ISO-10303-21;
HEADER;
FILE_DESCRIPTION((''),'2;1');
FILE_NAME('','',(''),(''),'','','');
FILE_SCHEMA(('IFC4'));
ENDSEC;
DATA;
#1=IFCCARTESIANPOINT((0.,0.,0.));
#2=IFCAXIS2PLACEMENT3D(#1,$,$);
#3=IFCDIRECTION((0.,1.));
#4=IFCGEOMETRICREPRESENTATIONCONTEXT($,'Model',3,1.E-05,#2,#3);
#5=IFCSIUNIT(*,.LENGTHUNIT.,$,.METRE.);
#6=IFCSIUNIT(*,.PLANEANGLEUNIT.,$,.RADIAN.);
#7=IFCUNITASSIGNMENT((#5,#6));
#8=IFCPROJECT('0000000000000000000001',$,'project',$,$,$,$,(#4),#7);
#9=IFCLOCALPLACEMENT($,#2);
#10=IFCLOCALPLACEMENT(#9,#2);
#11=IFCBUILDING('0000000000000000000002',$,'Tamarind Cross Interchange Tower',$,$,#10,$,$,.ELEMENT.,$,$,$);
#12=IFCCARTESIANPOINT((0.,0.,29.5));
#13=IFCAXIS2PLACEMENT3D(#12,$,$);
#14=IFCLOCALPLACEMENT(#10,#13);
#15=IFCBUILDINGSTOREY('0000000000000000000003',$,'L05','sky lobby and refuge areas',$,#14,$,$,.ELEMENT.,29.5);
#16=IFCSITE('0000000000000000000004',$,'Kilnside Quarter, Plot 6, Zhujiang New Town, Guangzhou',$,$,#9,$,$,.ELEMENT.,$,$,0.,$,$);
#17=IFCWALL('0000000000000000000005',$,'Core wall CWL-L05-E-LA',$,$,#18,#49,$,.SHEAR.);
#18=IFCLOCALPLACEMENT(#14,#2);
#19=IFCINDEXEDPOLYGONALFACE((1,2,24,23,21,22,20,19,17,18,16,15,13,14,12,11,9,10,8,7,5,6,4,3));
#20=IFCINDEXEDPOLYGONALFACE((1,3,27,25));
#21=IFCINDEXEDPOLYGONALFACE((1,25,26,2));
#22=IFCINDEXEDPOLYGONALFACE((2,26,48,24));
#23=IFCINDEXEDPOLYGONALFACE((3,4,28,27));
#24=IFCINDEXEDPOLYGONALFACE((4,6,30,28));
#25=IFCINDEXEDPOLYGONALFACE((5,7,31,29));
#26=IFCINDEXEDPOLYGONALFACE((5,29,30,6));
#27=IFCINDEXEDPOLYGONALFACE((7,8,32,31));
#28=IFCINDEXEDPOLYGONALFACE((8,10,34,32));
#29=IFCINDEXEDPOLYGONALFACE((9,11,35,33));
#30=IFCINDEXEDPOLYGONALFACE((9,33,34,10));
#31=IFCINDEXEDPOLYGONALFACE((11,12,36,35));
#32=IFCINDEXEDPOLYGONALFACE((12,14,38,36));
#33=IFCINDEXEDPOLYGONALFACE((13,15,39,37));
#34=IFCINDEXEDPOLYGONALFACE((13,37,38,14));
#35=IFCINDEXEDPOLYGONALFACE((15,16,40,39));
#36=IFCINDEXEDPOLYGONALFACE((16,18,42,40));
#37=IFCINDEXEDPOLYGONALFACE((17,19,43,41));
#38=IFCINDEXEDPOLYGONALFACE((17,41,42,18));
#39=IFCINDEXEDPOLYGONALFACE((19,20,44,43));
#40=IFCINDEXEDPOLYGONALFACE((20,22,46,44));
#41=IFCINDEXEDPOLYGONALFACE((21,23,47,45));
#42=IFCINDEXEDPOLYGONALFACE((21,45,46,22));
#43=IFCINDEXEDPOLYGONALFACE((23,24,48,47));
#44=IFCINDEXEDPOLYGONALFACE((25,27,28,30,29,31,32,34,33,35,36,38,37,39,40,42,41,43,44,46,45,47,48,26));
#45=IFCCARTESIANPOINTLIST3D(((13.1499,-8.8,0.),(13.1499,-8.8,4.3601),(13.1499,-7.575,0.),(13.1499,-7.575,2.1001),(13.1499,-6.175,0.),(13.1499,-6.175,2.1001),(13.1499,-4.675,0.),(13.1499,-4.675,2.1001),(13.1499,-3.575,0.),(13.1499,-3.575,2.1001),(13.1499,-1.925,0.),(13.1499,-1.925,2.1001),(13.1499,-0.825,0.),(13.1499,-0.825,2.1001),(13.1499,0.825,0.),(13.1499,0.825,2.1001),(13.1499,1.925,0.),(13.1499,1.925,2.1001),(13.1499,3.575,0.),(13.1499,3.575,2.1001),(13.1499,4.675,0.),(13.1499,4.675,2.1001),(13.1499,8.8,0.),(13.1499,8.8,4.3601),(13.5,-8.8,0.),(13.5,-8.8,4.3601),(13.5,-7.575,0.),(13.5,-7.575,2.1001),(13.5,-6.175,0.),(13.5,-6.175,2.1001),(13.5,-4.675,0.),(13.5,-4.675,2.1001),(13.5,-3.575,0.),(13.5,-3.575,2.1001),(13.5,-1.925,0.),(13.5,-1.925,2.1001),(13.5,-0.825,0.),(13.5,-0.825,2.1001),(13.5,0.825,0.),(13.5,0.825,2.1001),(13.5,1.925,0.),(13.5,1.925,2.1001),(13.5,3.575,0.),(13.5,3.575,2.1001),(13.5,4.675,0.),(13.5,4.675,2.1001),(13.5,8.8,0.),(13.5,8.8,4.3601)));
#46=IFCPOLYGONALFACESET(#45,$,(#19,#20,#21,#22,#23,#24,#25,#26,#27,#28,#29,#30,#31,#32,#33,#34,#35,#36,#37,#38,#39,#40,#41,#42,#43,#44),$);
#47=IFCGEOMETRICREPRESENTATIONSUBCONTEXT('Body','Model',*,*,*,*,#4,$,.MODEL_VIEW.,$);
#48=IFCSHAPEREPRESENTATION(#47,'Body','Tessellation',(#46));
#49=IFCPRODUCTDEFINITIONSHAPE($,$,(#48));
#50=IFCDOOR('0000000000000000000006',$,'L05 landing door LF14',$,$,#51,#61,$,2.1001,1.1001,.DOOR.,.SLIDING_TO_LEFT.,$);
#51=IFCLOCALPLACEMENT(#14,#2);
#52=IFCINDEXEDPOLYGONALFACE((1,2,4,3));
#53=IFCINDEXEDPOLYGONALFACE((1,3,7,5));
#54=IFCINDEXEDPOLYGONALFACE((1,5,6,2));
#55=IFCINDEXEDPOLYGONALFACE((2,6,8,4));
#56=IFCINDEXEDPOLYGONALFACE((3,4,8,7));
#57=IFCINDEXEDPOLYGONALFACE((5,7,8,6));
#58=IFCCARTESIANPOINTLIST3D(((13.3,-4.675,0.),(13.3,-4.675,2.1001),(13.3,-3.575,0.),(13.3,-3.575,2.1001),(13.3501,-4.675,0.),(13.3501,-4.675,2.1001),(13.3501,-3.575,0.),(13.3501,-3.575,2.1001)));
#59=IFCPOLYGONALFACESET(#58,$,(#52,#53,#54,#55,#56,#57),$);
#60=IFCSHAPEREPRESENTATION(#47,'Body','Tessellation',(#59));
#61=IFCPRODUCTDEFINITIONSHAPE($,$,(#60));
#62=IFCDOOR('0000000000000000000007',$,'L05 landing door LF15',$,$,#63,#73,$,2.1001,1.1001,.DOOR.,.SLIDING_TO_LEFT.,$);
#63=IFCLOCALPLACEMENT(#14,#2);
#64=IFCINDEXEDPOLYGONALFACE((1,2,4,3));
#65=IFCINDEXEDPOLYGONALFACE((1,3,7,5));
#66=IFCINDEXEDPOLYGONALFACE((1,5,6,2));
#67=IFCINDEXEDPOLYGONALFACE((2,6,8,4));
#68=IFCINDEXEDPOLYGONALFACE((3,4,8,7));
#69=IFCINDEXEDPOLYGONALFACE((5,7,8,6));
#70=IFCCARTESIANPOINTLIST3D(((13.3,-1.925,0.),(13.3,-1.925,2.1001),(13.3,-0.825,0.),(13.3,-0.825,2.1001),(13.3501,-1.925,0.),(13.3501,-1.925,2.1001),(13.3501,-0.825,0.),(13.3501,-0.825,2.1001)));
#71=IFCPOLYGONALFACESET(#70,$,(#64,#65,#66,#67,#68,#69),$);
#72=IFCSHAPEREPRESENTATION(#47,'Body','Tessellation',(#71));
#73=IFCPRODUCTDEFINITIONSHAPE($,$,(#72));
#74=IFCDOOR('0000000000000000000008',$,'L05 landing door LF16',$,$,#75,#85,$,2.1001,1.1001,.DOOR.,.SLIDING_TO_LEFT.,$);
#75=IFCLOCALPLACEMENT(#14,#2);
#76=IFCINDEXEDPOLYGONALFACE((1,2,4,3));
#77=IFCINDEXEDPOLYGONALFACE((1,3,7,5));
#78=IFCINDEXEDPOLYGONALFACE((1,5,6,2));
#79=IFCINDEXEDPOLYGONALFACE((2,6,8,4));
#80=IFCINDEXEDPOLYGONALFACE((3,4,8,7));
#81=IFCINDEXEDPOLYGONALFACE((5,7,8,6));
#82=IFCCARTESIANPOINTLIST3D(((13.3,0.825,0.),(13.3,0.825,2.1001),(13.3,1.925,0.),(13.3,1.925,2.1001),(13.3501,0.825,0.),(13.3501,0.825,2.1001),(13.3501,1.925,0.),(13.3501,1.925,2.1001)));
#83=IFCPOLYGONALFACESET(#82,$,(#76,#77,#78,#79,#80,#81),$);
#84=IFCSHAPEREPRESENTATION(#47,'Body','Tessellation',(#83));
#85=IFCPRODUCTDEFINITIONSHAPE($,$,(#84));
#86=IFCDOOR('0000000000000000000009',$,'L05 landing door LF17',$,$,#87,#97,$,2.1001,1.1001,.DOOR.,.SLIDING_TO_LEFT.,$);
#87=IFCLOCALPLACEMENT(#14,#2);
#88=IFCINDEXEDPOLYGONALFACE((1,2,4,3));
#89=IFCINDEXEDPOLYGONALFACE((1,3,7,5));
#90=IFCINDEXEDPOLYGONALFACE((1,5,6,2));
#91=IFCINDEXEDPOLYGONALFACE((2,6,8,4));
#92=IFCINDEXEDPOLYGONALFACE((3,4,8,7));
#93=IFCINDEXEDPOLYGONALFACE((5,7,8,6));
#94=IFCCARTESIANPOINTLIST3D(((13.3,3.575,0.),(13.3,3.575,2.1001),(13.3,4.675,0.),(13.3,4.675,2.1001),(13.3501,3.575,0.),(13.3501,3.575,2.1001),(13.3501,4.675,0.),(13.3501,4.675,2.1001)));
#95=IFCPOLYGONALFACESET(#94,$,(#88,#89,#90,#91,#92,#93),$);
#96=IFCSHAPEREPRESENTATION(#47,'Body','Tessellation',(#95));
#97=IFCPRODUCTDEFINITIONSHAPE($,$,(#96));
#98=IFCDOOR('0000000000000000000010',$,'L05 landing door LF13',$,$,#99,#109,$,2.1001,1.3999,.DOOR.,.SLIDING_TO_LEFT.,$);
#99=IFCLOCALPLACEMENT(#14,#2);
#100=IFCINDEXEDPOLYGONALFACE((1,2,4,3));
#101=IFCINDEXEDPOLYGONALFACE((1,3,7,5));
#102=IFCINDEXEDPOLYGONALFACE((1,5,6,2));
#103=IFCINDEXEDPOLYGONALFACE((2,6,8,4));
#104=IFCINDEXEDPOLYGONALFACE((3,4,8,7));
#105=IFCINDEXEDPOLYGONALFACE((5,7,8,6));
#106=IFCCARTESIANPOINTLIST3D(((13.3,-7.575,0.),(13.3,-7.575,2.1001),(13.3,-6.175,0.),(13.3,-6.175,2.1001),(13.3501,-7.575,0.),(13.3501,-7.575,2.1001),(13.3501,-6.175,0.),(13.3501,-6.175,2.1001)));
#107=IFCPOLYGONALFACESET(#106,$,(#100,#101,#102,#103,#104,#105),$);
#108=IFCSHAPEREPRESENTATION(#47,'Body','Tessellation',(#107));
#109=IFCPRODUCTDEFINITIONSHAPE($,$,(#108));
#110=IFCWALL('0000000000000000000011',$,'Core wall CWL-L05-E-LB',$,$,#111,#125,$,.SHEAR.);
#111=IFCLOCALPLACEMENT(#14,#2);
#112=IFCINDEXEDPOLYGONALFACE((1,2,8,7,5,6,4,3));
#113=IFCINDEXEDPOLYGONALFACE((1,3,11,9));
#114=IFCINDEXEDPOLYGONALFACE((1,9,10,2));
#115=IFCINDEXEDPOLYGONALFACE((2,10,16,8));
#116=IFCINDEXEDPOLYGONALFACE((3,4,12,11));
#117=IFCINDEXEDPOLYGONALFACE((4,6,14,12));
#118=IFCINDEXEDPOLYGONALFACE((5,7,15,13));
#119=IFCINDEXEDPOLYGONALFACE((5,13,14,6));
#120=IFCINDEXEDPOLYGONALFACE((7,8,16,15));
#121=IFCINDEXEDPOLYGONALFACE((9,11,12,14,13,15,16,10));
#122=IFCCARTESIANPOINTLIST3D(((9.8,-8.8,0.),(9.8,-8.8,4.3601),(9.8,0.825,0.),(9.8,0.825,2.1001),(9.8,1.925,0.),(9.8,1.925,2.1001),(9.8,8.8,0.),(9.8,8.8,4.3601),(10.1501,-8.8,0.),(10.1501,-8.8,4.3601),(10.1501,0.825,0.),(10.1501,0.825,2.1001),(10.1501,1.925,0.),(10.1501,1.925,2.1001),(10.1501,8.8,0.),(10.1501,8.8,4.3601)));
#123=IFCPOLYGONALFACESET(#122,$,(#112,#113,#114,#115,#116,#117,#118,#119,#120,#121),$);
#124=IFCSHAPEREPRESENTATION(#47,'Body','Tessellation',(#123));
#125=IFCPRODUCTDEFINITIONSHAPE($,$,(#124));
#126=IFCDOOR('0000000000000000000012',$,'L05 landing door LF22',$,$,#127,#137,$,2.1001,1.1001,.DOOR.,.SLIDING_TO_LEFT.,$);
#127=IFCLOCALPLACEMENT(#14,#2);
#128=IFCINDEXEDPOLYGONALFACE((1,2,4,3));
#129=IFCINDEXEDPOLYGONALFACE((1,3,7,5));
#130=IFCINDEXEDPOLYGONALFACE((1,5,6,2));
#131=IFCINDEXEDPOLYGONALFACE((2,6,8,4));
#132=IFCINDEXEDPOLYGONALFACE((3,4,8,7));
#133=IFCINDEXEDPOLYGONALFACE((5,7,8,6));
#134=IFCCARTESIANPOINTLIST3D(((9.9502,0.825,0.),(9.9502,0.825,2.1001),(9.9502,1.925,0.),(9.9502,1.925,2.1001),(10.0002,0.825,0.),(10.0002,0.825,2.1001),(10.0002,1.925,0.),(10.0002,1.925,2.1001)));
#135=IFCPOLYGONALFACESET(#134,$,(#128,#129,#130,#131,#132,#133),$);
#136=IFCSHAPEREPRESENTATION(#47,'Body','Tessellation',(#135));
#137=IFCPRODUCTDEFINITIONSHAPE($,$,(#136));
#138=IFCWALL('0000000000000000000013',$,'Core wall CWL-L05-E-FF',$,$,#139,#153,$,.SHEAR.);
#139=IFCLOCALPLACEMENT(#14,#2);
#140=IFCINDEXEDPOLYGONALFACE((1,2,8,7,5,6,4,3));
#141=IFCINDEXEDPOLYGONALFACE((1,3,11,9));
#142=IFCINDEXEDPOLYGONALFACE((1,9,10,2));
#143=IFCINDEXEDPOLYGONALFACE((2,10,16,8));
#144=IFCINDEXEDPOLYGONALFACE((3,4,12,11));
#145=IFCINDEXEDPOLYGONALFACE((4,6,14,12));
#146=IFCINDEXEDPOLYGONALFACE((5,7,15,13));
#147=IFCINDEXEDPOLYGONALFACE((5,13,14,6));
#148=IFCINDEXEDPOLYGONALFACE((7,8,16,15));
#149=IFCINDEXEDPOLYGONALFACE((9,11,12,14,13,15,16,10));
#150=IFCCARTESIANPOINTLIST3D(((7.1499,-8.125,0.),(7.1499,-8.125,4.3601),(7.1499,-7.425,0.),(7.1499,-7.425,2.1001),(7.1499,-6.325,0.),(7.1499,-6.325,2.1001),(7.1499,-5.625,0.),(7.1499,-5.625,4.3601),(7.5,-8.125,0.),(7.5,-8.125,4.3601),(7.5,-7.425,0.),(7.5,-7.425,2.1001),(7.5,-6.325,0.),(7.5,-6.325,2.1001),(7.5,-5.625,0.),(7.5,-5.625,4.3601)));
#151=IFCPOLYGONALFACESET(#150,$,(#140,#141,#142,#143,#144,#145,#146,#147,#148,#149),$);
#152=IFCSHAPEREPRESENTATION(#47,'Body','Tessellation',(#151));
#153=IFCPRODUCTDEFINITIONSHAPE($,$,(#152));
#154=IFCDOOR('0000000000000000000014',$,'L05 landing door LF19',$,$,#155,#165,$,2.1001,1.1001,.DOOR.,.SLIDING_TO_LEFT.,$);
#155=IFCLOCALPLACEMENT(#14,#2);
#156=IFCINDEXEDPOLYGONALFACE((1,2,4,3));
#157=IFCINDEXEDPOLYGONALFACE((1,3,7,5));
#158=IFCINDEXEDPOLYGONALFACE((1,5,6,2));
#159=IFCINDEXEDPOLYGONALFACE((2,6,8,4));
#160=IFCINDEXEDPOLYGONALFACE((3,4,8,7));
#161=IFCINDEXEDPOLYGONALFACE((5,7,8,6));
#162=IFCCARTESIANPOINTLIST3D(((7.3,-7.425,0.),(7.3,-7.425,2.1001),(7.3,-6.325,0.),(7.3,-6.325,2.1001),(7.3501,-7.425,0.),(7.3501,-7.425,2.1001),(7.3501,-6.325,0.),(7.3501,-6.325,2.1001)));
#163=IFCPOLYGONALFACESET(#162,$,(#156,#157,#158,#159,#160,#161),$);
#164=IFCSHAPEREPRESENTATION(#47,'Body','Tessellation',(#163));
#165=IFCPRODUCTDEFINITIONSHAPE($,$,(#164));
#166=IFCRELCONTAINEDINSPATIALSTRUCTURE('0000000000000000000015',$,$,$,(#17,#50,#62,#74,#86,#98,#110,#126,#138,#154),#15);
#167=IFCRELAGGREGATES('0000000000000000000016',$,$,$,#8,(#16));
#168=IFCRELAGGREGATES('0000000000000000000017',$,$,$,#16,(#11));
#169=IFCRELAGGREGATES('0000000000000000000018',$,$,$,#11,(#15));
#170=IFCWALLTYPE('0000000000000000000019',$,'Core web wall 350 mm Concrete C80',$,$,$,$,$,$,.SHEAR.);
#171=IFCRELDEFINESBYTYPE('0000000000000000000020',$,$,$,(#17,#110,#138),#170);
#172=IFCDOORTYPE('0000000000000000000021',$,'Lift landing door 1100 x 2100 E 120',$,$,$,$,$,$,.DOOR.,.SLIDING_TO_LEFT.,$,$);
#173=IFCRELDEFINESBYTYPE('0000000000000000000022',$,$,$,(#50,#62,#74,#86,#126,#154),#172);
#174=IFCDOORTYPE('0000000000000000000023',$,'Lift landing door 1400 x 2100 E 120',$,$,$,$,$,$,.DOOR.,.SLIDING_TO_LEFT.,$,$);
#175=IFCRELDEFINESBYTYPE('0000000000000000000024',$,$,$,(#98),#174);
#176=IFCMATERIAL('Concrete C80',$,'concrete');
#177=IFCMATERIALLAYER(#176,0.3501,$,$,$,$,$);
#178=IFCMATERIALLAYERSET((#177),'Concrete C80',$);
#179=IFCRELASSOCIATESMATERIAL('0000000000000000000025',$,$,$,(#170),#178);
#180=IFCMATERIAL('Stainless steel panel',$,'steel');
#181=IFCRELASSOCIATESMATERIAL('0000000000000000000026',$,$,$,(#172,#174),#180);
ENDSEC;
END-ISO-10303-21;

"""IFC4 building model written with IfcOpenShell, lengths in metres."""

from ifc_helpers import new_model, si_unit, direction, frame, frame_2d, origin, place, context, subcontext, project, spatial, rectangle, extrude, material, layer, layer_set, type_object, element, fill, save


model = new_model("IFC4")

# Units and contexts
model_context = context("Model", 3, precision=1e-05, world=origin(), true_north=direction((0.0, 1.0)))
body_context = subcontext(model_context, "Body", "Model", "MODEL_VIEW")
ifc_project = project(units=[si_unit("LENGTHUNIT", "METRE"), si_unit("PLANEANGLEUNIT", "RADIAN")], contexts=[model_context])

# Site, building, storey
site_placement = place(None, origin())
site = spatial("IfcSite", under=ifc_project, at=site_placement, Name="Kilnside Quarter, Plot 6, Zhujiang New Town, Guangzhou", CompositionType="ELEMENT", RefElevation=0.0)
building_placement = place(site_placement, origin())
building = spatial("IfcBuilding", under=site, at=building_placement, Name="Tamarind Cross Interchange Tower", CompositionType="ELEMENT")
storey_placement = place(building_placement, frame((0.0, 0.0, 29.5)))
storey = spatial("IfcBuildingStorey", under=building, at=storey_placement, Name="L05", Description="sky lobby and refuge areas", CompositionType="ELEMENT", Elevation=29.5)

# Shared definitions
ifc_material_1 = material(Name="Concrete C80", Category="concrete")

# Shared definitions
ifc_layer_1 = layer(ifc_material_1, 0.3501)
ifc_layer_set_1 = layer_set([ifc_layer_1], Name="Concrete C80")
wall_type_1 = type_object("IfcWallType", Name="Core web wall 350 mm Concrete C80", PredefinedType="SHEAR", material=ifc_layer_set_1)

# Wall, openings, doors
wall_1_placement = place(storey_placement, frame((13.325, -8.8, 0.0), z_axis=(0.0, 0.0, 1.0), x_axis=(0.0, 1.0, 0.0)))
wall_1 = element("IfcWall", 1, at=wall_1_placement, inside=storey, type_object=wall_type_1, Name="Core wall CWL-L05-E-LA", PredefinedType="SHEAR", context=body_context, shape_type="SweptSolid", body=[
    extrude(rectangle(XDim=17.6001, YDim=0.3501, at=frame_2d((8.8, 0.0))), origin(), (0.0, 0.0, 1.0), 4.3601),
])
opening_1_placement = place(wall_1_placement, frame((1.2251, 0.0, 0.0)))
opening_1 = element("IfcOpeningElement", 2, at=opening_1_placement, cuts=wall_1, PredefinedType="OPENING", context=body_context, shape_type="SweptSolid", body=[
    extrude(rectangle(XDim=1.3999, YDim=2.1001, at=frame_2d((0.7, 1.05))), frame((0.0, 0.1851, 0.0), z_axis=(0.0, -1.0, 0.0), x_axis=(1.0, 0.0, 0.0)), (0.0, 0.0, 1.0), 0.3701),
])
opening_2_placement = place(wall_1_placement, frame((4.125, 0.0, 0.0)))
opening_2 = element("IfcOpeningElement", 3, at=opening_2_placement, cuts=wall_1, PredefinedType="OPENING", context=body_context, shape_type="SweptSolid", body=[
    extrude(rectangle(XDim=1.1001, YDim=2.1001, at=frame_2d((0.55, 1.05))), frame((0.0, 0.1851, 0.0), z_axis=(0.0, -1.0, 0.0), x_axis=(1.0, 0.0, 0.0)), (0.0, 0.0, 1.0), 0.3701),
])
opening_3_placement = place(wall_1_placement, frame((6.875, 0.0, 0.0)))
opening_3 = element("IfcOpeningElement", 4, at=opening_3_placement, cuts=wall_1, PredefinedType="OPENING", context=body_context, shape_type="SweptSolid", body=[
    extrude(rectangle(XDim=1.1001, YDim=2.1001, at=frame_2d((0.55, 1.05))), frame((0.0, 0.1851, 0.0), z_axis=(0.0, -1.0, 0.0), x_axis=(1.0, 0.0, 0.0)), (0.0, 0.0, 1.0), 0.3701),
])
opening_4_placement = place(wall_1_placement, frame((9.625, 0.0, 0.0)))
opening_4 = element("IfcOpeningElement", 5, at=opening_4_placement, cuts=wall_1, PredefinedType="OPENING", context=body_context, shape_type="SweptSolid", body=[
    extrude(rectangle(XDim=1.1001, YDim=2.1001, at=frame_2d((0.55, 1.05))), frame((0.0, 0.1851, 0.0), z_axis=(0.0, -1.0, 0.0), x_axis=(1.0, 0.0, 0.0)), (0.0, 0.0, 1.0), 0.3701),
])
opening_5_placement = place(wall_1_placement, frame((12.375, 0.0, 0.0)))
opening_5 = element("IfcOpeningElement", 6, at=opening_5_placement, cuts=wall_1, PredefinedType="OPENING", context=body_context, shape_type="SweptSolid", body=[
    extrude(rectangle(XDim=1.1001, YDim=2.1001, at=frame_2d((0.55, 1.05))), frame((0.0, 0.1851, 0.0), z_axis=(0.0, -1.0, 0.0), x_axis=(1.0, 0.0, 0.0)), (0.0, 0.0, 1.0), 0.3701),
])
ifc_material_2 = material(Name="Stainless steel panel", Category="steel")
door_type_1 = type_object("IfcDoorType", Name="Lift landing door 1100 x 2100 E 120", OperationType="SLIDING_TO_LEFT", PredefinedType="DOOR", material=ifc_material_2)
door_1_placement = place(opening_2_placement, origin())
door_1 = element("IfcDoor", 7, at=door_1_placement, inside=storey, type_object=door_type_1, Name="L05 landing door LF14", OperationType="SLIDING_TO_LEFT", OverallHeight=2.1001, OverallWidth=1.1001, PredefinedType="DOOR", context=body_context, shape_type="SweptSolid", body=[
    extrude(rectangle(XDim=1.1001, YDim=2.1001, at=frame_2d((0.55, 1.05))), frame((0.0, 0.0249, 0.0), z_axis=(0.0, -1.0, 0.0), x_axis=(1.0, 0.0, 0.0)), (0.0, 0.0, 1.0), 0.05),
])
fill(opening_2, door_1)
door_2_placement = place(opening_3_placement, origin())
door_2 = element("IfcDoor", 8, at=door_2_placement, inside=storey, type_object=door_type_1, Name="L05 landing door LF15", OperationType="SLIDING_TO_LEFT", OverallHeight=2.1001, OverallWidth=1.1001, PredefinedType="DOOR", context=body_context, shape_type="SweptSolid", body=[
    extrude(rectangle(XDim=1.1001, YDim=2.1001, at=frame_2d((0.55, 1.05))), frame((0.0, 0.0249, 0.0), z_axis=(0.0, -1.0, 0.0), x_axis=(1.0, 0.0, 0.0)), (0.0, 0.0, 1.0), 0.05),
])
fill(opening_3, door_2)
door_3_placement = place(opening_4_placement, origin())
door_3 = element("IfcDoor", 9, at=door_3_placement, inside=storey, type_object=door_type_1, Name="L05 landing door LF16", OperationType="SLIDING_TO_LEFT", OverallHeight=2.1001, OverallWidth=1.1001, PredefinedType="DOOR", context=body_context, shape_type="SweptSolid", body=[
    extrude(rectangle(XDim=1.1001, YDim=2.1001, at=frame_2d((0.55, 1.05))), frame((0.0, 0.0249, 0.0), z_axis=(0.0, -1.0, 0.0), x_axis=(1.0, 0.0, 0.0)), (0.0, 0.0, 1.0), 0.05),
])
fill(opening_4, door_3)
door_4_placement = place(opening_5_placement, origin())
door_4 = element("IfcDoor", 10, at=door_4_placement, inside=storey, type_object=door_type_1, Name="L05 landing door LF17", OperationType="SLIDING_TO_LEFT", OverallHeight=2.1001, OverallWidth=1.1001, PredefinedType="DOOR", context=body_context, shape_type="SweptSolid", body=[
    extrude(rectangle(XDim=1.1001, YDim=2.1001, at=frame_2d((0.55, 1.05))), frame((0.0, 0.0249, 0.0), z_axis=(0.0, -1.0, 0.0), x_axis=(1.0, 0.0, 0.0)), (0.0, 0.0, 1.0), 0.05),
])
fill(opening_5, door_4)
door_type_2 = type_object("IfcDoorType", Name="Lift landing door 1400 x 2100 E 120", OperationType="SLIDING_TO_LEFT", PredefinedType="DOOR", material=ifc_material_2)
door_5_placement = place(opening_1_placement, origin())
door_5 = element("IfcDoor", 11, at=door_5_placement, inside=storey, type_object=door_type_2, Name="L05 landing door LF13", OperationType="SLIDING_TO_LEFT", OverallHeight=2.1001, OverallWidth=1.3999, PredefinedType="DOOR", context=body_context, shape_type="SweptSolid", body=[
    extrude(rectangle(XDim=1.3999, YDim=2.1001, at=frame_2d((0.7, 1.05))), frame((0.0, 0.0249, 0.0), z_axis=(0.0, -1.0, 0.0), x_axis=(1.0, 0.0, 0.0)), (0.0, 0.0, 1.0), 0.05),
])
fill(opening_1, door_5)

# Walls, openings, doors
wall_2_placement = place(storey_placement, frame((9.9751, -8.8, 0.0), z_axis=(0.0, 0.0, 1.0), x_axis=(0.0, 1.0, 0.0)))
wall_2 = element("IfcWall", 12, at=wall_2_placement, inside=storey, type_object=wall_type_1, Name="Core wall CWL-L05-E-LB", PredefinedType="SHEAR", context=body_context, shape_type="SweptSolid", body=[
    extrude(rectangle(XDim=17.6001, YDim=0.3501, at=frame_2d((8.8, 0.0))), origin(), (0.0, 0.0, 1.0), 4.3601),
])
opening_6_placement = place(wall_2_placement, frame((9.625, 0.0, 0.0)))
opening_6 = element("IfcOpeningElement", 13, at=opening_6_placement, cuts=wall_2, PredefinedType="OPENING", context=body_context, shape_type="SweptSolid", body=[
    extrude(rectangle(XDim=1.1001, YDim=2.1001, at=frame_2d((0.55, 1.05))), frame((0.0, 0.1851, 0.0), z_axis=(0.0, -1.0, 0.0), x_axis=(1.0, 0.0, 0.0)), (0.0, 0.0, 1.0), 0.3701),
])
door_6_placement = place(opening_6_placement, origin())
door_6 = element("IfcDoor", 14, at=door_6_placement, inside=storey, type_object=door_type_1, Name="L05 landing door LF22", OperationType="SLIDING_TO_LEFT", OverallHeight=2.1001, OverallWidth=1.1001, PredefinedType="DOOR", context=body_context, shape_type="SweptSolid", body=[
    extrude(rectangle(XDim=1.1001, YDim=2.1001, at=frame_2d((0.55, 1.05))), frame((0.0, 0.0249, 0.0), z_axis=(0.0, -1.0, 0.0), x_axis=(1.0, 0.0, 0.0)), (0.0, 0.0, 1.0), 0.05),
])
fill(opening_6, door_6)
wall_3_placement = place(storey_placement, frame((7.325, -8.125, 0.0), z_axis=(0.0, 0.0, 1.0), x_axis=(0.0, 1.0, 0.0)))
wall_3 = element("IfcWall", 15, at=wall_3_placement, inside=storey, type_object=wall_type_1, Name="Core wall CWL-L05-E-FF", PredefinedType="SHEAR", context=body_context, shape_type="SweptSolid", body=[
    extrude(rectangle(XDim=2.5, YDim=0.3501, at=frame_2d((1.25, 0.0))), origin(), (0.0, 0.0, 1.0), 4.3601),
])
opening_7_placement = place(wall_3_placement, frame((0.7, 0.0, 0.0)))
opening_7 = element("IfcOpeningElement", 16, at=opening_7_placement, cuts=wall_3, PredefinedType="OPENING", context=body_context, shape_type="SweptSolid", body=[
    extrude(rectangle(XDim=1.1001, YDim=2.1001, at=frame_2d((0.55, 1.05))), frame((0.0, 0.1851, 0.0), z_axis=(0.0, -1.0, 0.0), x_axis=(1.0, 0.0, 0.0)), (0.0, 0.0, 1.0), 0.3701),
])
door_7_placement = place(opening_7_placement, origin())
door_7 = element("IfcDoor", 17, at=door_7_placement, inside=storey, type_object=door_type_1, Name="L05 landing door LF19", OperationType="SLIDING_TO_LEFT", OverallHeight=2.1001, OverallWidth=1.1001, PredefinedType="DOOR", context=body_context, shape_type="SweptSolid", body=[
    extrude(rectangle(XDim=1.1001, YDim=2.1001, at=frame_2d((0.55, 1.05))), frame((0.0, 0.0249, 0.0), z_axis=(0.0, -1.0, 0.0), x_axis=(1.0, 0.0, 0.0)), (0.0, 0.0, 1.0), 0.05),
])
fill(opening_7, door_7)

save(model, "model.ifc")
